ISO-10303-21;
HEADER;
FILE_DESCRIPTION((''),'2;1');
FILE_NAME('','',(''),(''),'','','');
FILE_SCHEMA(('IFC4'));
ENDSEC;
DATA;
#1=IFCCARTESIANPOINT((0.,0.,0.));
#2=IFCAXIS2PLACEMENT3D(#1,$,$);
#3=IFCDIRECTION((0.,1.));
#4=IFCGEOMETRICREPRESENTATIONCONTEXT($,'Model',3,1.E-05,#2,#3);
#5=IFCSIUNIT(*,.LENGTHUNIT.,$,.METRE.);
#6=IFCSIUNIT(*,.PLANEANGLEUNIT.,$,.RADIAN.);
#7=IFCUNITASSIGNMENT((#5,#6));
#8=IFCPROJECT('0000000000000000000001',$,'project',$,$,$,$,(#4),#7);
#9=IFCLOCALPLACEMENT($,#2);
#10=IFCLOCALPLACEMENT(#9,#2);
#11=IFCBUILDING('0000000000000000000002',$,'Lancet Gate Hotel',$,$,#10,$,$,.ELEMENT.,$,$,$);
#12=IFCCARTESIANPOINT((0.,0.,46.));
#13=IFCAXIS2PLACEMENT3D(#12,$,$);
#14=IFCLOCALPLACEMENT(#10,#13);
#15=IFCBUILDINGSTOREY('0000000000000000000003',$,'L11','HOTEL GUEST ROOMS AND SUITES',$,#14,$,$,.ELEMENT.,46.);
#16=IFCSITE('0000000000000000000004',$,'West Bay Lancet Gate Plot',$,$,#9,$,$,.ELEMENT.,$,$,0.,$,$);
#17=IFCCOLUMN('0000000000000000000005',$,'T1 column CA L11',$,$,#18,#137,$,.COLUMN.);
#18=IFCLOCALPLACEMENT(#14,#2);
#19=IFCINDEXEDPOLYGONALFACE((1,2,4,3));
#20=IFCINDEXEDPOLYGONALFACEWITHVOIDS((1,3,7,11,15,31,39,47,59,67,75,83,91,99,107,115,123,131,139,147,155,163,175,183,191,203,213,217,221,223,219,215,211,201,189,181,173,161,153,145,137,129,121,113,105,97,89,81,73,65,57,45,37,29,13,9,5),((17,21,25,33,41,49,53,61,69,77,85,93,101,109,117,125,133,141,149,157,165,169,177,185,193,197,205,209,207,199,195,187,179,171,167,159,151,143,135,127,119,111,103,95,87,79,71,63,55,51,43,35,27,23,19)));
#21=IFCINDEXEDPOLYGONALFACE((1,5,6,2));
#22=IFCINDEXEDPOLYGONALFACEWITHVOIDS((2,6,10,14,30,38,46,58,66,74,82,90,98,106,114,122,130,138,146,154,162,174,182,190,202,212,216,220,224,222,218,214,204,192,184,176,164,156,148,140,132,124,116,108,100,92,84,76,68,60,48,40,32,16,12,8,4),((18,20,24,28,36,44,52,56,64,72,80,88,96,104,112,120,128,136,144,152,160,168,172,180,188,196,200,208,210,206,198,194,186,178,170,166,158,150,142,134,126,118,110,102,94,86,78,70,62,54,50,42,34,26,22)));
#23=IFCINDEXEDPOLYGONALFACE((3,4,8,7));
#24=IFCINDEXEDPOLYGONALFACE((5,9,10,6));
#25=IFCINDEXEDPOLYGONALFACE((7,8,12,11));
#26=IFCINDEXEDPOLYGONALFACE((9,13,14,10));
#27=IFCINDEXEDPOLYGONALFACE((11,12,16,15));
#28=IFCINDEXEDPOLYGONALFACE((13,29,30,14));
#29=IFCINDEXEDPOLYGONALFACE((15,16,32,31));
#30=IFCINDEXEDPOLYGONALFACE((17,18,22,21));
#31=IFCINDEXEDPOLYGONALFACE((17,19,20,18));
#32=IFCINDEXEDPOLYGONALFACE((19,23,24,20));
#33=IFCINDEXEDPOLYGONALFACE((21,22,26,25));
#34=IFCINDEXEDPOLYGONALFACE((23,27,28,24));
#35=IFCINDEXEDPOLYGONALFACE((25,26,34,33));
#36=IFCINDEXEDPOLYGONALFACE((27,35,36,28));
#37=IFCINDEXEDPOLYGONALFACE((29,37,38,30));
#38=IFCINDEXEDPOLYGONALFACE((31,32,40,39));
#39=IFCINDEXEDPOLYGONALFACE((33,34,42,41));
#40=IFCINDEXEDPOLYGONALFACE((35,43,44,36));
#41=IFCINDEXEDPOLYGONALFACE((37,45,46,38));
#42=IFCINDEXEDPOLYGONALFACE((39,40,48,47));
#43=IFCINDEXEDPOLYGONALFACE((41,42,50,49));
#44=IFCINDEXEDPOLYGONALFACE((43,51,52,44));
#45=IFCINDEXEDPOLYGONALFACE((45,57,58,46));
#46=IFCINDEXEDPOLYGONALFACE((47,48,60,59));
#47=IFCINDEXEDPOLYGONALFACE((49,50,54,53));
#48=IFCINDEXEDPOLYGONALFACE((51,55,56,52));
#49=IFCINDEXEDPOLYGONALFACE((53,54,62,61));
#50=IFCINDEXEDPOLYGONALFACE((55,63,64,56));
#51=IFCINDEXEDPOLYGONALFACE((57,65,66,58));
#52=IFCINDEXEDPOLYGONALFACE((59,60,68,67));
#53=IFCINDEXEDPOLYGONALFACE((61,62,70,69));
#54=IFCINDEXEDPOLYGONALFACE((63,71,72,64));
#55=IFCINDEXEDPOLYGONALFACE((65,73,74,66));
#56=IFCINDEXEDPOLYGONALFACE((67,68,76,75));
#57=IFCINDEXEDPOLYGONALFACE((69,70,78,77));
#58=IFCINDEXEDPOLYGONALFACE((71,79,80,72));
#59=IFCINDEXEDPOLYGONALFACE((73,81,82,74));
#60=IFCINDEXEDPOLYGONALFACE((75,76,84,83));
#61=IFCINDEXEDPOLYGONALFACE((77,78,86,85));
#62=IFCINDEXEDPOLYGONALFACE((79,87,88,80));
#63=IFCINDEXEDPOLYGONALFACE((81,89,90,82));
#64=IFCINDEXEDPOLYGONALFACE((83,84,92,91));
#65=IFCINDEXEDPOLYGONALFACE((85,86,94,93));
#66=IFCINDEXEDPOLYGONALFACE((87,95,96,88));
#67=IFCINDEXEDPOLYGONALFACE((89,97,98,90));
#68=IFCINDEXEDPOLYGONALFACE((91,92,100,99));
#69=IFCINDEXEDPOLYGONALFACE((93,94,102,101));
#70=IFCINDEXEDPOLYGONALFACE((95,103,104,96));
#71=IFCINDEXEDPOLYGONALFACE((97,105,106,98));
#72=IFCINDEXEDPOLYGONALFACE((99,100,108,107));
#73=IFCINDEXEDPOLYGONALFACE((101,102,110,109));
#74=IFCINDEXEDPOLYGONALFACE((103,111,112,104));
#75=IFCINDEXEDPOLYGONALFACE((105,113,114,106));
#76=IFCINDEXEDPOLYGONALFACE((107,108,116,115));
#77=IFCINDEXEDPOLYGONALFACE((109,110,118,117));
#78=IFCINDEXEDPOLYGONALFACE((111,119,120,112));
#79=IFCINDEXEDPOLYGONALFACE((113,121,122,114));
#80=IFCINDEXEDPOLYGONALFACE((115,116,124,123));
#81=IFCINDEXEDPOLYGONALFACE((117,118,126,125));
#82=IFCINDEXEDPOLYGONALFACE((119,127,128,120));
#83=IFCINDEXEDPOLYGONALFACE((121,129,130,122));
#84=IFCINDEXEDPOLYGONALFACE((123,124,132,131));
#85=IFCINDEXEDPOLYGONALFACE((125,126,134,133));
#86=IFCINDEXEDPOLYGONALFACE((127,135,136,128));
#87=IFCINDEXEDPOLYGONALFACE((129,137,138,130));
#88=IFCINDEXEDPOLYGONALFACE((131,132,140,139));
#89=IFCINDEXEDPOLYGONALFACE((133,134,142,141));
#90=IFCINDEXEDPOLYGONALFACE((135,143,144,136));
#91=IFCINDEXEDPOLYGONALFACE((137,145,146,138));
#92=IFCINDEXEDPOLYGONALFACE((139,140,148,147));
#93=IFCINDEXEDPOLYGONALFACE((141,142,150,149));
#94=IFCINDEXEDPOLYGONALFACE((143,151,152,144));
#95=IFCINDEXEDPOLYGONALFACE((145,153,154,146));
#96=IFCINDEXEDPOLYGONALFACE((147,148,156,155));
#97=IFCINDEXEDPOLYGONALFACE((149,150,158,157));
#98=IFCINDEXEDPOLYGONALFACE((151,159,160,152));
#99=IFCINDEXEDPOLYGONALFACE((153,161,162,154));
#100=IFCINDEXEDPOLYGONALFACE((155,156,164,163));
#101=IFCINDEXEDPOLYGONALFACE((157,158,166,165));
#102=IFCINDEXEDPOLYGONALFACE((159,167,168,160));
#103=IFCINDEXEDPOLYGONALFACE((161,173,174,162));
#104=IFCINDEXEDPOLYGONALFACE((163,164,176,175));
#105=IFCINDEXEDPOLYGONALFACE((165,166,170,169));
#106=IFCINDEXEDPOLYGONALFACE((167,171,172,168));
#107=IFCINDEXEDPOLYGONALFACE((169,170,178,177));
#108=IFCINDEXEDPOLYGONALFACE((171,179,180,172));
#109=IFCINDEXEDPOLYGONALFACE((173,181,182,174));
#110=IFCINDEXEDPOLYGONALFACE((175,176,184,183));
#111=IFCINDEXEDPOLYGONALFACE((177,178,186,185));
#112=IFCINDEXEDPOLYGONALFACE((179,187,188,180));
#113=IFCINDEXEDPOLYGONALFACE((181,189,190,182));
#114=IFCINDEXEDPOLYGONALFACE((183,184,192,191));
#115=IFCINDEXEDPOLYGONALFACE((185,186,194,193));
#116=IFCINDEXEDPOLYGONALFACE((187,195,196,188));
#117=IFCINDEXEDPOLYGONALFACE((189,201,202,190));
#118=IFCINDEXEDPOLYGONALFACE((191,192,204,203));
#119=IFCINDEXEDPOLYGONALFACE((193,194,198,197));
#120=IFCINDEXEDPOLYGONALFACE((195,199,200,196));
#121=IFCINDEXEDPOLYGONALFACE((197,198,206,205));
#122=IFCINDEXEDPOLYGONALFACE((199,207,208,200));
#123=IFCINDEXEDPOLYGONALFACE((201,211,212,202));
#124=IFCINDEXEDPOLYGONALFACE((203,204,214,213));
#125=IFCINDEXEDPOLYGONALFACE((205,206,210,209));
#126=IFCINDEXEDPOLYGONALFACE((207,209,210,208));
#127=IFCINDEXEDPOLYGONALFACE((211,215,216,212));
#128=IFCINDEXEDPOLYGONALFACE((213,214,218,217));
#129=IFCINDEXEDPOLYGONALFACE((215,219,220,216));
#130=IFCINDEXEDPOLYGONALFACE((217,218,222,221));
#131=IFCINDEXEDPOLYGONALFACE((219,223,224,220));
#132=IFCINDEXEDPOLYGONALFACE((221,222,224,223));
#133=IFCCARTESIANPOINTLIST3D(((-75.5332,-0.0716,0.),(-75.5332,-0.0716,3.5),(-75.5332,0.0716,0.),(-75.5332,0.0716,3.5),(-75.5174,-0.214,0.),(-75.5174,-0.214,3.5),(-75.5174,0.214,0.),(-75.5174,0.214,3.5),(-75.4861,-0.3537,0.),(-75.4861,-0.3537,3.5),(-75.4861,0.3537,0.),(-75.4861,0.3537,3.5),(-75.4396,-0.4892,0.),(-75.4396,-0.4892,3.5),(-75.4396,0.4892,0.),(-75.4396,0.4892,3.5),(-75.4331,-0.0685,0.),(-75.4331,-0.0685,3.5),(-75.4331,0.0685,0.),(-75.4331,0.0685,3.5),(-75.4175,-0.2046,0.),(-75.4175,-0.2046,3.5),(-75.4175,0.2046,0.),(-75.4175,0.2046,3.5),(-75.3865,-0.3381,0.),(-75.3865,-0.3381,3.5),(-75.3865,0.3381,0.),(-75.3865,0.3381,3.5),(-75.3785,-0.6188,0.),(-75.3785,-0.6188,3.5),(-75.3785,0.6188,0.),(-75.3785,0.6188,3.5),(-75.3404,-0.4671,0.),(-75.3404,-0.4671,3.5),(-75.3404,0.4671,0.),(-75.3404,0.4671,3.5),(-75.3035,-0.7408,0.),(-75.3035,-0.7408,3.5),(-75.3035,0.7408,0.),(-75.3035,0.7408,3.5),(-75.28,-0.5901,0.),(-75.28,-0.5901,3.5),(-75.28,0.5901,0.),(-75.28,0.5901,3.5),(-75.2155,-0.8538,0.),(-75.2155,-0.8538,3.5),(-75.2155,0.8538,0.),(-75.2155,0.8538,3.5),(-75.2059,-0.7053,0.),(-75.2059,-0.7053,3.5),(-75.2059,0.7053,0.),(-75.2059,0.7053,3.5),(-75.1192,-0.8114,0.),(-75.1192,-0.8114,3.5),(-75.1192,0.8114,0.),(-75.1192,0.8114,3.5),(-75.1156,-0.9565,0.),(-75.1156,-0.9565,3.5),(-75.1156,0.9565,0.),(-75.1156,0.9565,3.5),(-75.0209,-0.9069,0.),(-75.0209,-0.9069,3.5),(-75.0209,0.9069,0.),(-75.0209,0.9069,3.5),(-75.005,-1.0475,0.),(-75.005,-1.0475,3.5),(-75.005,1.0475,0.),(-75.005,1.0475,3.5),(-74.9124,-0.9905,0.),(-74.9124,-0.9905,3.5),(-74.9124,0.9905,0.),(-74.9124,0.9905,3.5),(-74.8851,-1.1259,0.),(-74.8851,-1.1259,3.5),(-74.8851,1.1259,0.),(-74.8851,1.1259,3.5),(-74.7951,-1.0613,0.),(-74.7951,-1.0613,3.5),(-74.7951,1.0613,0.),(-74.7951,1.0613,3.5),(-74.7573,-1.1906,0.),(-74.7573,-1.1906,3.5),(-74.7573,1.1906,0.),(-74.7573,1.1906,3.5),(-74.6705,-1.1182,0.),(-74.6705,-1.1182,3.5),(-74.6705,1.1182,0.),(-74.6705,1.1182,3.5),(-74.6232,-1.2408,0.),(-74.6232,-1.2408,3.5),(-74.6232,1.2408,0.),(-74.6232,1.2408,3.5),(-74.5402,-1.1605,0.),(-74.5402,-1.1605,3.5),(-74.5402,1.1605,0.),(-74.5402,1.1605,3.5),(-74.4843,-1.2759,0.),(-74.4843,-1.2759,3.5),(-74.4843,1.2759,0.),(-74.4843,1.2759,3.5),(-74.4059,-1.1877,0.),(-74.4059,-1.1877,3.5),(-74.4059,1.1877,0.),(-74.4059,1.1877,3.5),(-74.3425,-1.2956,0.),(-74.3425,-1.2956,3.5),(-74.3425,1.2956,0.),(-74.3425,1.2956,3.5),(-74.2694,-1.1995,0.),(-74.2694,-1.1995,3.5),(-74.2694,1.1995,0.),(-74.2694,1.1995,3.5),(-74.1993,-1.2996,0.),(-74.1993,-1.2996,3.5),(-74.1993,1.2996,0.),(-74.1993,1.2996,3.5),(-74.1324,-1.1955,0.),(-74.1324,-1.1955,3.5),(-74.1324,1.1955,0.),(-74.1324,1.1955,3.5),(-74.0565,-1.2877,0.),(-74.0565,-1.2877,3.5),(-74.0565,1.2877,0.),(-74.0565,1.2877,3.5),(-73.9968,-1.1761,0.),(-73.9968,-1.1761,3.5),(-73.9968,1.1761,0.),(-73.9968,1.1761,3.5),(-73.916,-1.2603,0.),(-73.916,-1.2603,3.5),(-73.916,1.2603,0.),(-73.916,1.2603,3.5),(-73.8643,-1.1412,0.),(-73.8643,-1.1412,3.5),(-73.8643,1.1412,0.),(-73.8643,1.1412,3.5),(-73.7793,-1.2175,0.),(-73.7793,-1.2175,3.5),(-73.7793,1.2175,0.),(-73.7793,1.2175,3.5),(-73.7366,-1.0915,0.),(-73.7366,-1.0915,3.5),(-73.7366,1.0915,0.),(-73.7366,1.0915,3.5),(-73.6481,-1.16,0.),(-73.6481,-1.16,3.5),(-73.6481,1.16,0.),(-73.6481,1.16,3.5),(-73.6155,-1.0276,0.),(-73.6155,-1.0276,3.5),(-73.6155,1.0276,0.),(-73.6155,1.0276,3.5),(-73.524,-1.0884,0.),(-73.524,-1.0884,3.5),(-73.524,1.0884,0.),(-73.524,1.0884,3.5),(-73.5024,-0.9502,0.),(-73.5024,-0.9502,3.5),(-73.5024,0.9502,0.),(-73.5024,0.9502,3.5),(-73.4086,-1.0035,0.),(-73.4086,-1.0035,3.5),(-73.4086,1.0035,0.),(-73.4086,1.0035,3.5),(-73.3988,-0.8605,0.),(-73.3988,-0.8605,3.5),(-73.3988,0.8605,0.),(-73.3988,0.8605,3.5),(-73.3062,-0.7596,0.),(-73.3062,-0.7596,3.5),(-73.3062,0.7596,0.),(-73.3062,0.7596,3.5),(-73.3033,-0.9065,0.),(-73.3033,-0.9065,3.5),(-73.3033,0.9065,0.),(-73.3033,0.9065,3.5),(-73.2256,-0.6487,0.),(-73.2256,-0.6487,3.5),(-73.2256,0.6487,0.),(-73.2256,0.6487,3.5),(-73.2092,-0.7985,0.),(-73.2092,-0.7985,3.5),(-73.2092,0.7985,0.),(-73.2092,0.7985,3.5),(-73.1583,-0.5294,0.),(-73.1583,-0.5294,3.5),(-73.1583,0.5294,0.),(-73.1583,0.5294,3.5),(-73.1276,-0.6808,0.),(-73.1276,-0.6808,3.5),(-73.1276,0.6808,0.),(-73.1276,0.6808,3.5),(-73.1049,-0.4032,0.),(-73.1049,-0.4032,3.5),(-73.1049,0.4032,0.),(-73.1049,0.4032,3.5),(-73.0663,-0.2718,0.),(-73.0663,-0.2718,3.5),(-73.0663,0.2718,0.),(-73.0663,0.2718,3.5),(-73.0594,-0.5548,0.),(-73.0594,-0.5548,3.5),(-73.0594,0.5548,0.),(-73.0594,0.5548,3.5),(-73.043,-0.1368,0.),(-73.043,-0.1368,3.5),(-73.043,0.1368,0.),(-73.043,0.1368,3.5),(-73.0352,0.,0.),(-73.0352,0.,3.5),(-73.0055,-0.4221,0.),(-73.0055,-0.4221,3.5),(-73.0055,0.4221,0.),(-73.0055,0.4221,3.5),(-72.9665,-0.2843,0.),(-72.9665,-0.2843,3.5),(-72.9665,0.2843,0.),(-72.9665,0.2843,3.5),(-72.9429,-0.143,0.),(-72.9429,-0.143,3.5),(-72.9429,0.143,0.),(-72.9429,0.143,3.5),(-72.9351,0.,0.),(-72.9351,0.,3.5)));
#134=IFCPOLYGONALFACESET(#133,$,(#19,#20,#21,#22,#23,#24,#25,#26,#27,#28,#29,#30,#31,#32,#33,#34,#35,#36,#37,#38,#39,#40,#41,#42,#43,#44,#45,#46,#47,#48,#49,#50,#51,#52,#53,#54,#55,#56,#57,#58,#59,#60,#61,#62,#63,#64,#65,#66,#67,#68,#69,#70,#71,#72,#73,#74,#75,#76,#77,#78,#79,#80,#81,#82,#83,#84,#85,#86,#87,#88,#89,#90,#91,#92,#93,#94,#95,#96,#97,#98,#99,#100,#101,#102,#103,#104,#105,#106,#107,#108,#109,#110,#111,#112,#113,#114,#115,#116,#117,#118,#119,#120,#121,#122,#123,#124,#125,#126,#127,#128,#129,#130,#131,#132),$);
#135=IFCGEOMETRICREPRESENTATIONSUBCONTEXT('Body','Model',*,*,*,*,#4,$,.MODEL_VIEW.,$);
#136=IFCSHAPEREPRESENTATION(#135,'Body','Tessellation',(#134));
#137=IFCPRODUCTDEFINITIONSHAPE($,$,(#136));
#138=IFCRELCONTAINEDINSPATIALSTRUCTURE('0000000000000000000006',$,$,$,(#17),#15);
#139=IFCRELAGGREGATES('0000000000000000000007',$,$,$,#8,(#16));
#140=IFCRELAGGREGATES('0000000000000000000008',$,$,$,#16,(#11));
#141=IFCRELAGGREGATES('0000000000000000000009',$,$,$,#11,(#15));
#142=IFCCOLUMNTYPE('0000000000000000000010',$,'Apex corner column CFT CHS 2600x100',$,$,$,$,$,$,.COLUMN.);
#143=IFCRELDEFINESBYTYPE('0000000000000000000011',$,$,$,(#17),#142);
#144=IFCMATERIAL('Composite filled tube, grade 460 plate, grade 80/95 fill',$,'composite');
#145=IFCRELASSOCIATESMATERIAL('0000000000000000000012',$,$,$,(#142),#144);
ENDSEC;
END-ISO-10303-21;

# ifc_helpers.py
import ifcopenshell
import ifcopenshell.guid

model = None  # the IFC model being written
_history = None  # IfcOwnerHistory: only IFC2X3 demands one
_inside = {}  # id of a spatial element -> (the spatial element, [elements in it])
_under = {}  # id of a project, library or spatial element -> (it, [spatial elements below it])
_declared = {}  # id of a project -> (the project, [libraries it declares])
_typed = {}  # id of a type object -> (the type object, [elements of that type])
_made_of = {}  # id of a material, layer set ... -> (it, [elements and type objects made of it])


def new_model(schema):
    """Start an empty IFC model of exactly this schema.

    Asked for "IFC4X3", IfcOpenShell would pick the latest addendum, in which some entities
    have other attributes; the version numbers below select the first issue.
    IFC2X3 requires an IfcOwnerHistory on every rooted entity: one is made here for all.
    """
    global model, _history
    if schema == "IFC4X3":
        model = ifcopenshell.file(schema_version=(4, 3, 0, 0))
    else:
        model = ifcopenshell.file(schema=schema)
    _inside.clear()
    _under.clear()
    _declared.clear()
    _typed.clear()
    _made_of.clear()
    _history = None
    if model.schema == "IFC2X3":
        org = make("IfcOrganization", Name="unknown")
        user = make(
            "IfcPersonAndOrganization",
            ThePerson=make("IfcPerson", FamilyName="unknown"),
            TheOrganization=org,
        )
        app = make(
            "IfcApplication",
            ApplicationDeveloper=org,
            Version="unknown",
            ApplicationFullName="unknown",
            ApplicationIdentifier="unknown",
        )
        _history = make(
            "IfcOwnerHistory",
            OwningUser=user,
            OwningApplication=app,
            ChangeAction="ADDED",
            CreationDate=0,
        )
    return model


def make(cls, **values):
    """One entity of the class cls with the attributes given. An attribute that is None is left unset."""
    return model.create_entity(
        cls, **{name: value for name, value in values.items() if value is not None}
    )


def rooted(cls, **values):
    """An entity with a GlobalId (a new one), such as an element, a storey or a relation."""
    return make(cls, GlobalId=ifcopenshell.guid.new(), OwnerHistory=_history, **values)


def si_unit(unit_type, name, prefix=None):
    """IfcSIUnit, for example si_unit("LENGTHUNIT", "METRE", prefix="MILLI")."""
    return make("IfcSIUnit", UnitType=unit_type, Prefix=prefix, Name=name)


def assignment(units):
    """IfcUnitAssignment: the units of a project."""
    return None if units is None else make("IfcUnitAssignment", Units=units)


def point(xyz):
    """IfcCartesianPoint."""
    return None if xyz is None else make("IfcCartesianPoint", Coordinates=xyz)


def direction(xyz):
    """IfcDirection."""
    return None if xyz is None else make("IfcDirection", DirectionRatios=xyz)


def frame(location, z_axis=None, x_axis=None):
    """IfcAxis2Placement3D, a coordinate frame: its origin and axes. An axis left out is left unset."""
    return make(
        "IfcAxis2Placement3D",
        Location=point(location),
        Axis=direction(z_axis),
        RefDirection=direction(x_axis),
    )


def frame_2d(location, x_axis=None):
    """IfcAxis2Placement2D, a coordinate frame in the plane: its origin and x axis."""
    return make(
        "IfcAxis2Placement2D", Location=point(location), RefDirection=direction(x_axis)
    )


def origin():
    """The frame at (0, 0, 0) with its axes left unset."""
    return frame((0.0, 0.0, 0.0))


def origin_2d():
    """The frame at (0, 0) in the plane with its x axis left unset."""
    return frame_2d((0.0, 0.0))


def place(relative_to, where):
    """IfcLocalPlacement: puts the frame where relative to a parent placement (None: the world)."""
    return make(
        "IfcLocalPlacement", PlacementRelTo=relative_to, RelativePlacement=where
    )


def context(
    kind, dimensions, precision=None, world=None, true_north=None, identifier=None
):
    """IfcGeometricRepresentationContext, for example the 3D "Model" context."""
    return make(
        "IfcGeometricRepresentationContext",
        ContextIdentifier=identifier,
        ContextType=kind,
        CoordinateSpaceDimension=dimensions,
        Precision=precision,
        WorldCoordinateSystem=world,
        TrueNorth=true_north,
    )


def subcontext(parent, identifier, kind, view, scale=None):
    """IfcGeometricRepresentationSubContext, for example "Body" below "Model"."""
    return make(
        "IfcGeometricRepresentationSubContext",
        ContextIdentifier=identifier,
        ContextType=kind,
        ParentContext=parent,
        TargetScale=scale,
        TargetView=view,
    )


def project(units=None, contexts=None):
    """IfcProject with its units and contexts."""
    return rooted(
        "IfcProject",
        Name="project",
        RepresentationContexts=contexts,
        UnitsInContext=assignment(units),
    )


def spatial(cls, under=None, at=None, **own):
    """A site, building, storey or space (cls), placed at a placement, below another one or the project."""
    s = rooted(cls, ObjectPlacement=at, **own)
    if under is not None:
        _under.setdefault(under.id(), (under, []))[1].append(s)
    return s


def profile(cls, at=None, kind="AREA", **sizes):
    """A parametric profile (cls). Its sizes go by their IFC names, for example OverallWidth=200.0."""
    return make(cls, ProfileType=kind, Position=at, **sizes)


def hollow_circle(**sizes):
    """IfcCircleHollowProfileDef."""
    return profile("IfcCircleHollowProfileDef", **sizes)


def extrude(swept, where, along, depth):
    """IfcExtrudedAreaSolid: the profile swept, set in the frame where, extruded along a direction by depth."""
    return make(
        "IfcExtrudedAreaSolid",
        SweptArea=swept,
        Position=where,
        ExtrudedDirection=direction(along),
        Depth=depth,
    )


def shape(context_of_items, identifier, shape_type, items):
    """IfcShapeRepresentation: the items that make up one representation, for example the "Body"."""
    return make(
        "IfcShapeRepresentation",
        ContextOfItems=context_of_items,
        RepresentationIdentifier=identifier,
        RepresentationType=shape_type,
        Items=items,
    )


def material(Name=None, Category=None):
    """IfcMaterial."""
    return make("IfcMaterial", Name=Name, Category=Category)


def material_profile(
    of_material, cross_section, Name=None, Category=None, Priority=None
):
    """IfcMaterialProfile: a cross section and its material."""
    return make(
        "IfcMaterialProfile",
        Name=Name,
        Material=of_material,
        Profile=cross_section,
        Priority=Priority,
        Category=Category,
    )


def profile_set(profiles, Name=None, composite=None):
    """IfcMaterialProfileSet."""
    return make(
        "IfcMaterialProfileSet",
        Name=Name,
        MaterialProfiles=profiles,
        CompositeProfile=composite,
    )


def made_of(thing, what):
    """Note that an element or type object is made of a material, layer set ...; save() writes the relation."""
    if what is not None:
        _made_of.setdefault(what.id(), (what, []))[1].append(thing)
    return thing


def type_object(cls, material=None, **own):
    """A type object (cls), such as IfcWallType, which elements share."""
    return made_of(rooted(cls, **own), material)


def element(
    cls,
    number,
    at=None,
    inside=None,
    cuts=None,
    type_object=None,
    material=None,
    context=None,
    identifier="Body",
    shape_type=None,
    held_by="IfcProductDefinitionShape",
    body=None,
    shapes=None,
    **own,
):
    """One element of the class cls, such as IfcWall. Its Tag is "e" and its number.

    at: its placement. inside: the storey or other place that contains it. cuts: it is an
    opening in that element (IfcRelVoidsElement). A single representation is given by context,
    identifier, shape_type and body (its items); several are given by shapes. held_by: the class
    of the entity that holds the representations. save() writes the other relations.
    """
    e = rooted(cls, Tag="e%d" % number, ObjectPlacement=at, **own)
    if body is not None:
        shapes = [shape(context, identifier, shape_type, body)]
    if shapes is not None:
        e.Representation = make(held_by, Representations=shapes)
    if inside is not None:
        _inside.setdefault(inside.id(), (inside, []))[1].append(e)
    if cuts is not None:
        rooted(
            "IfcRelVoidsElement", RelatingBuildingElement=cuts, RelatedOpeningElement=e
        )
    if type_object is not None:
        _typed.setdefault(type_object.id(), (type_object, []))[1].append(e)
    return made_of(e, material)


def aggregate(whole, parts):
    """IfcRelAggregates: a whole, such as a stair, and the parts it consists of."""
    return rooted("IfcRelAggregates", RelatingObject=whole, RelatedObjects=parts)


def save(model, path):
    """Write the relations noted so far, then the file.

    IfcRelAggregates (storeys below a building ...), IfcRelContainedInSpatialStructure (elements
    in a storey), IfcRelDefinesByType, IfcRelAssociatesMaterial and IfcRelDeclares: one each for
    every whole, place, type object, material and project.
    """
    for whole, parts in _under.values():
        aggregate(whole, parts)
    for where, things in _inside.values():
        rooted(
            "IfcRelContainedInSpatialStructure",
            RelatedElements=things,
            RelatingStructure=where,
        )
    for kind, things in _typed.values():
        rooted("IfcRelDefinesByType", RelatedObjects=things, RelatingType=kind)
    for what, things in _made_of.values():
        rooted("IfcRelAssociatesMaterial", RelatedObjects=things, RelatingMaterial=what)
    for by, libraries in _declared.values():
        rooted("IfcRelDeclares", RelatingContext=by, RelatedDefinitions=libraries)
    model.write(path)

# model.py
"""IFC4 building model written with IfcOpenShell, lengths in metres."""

from ifc_helpers import new_model, si_unit, direction, frame, origin, origin_2d, place, context, subcontext, project, spatial, hollow_circle, extrude, material, material_profile, profile_set, type_object, element, save


model = new_model("IFC4")

# Units and contexts
model_context = context("Model", 3, precision=1e-05, world=origin(), true_north=direction((0.0, 1.0)))
body_context = subcontext(model_context, "Body", "Model", "MODEL_VIEW")
ifc_project = project(units=[si_unit("LENGTHUNIT", "METRE"), si_unit("PLANEANGLEUNIT", "RADIAN")], contexts=[model_context])

# Site, building, storey
site_placement = place(None, origin())
site = spatial("IfcSite", under=ifc_project, at=site_placement, Name="West Bay Lancet Gate Plot", CompositionType="ELEMENT", RefElevation=0.0)
building_placement = place(site_placement, origin())
building = spatial("IfcBuilding", under=site, at=building_placement, Name="Lancet Gate Hotel", CompositionType="ELEMENT")
storey_placement = place(building_placement, frame((0.0, 0.0, 46.0)))
storey = spatial("IfcBuildingStorey", under=building, at=storey_placement, Name="L11", Description="HOTEL GUEST ROOMS AND SUITES", CompositionType="ELEMENT", Elevation=46.0)

# Column
ifc_material_1 = material(Name="Composite filled tube, grade 460 plate, grade 80/95 fill", Category="composite")
ifc_material_profile_1 = material_profile(ifc_material_1, hollow_circle(Radius=1.3, WallThickness=0.1001, at=origin_2d()), Name="CHS 2600x100")
ifc_profile_set_1 = profile_set([ifc_material_profile_1], Name="Composite filled tube, grade 460 plate, grade 80/95 fill")
column_type_1 = type_object("IfcColumnType", Name="Apex corner column CFT CHS 2600x100", PredefinedType="COLUMN", material=ifc_profile_set_1)
column_1_placement = place(storey_placement, frame((-74.2351, 0.0, 0.0), z_axis=(0.0, 0.0, 1.0), x_axis=(1.0, 0.0, 0.0)))
element("IfcColumn", 1, at=column_1_placement, inside=storey, type_object=column_type_1, Name="T1 column CA L11", PredefinedType="COLUMN", context=body_context, shape_type="SweptSolid", body=[
    extrude(hollow_circle(Radius=1.3, WallThickness=0.1001, at=origin_2d()), origin(), (0.0, 0.0, 1.0), 3.5),
])

save(model, "model.ifc")
